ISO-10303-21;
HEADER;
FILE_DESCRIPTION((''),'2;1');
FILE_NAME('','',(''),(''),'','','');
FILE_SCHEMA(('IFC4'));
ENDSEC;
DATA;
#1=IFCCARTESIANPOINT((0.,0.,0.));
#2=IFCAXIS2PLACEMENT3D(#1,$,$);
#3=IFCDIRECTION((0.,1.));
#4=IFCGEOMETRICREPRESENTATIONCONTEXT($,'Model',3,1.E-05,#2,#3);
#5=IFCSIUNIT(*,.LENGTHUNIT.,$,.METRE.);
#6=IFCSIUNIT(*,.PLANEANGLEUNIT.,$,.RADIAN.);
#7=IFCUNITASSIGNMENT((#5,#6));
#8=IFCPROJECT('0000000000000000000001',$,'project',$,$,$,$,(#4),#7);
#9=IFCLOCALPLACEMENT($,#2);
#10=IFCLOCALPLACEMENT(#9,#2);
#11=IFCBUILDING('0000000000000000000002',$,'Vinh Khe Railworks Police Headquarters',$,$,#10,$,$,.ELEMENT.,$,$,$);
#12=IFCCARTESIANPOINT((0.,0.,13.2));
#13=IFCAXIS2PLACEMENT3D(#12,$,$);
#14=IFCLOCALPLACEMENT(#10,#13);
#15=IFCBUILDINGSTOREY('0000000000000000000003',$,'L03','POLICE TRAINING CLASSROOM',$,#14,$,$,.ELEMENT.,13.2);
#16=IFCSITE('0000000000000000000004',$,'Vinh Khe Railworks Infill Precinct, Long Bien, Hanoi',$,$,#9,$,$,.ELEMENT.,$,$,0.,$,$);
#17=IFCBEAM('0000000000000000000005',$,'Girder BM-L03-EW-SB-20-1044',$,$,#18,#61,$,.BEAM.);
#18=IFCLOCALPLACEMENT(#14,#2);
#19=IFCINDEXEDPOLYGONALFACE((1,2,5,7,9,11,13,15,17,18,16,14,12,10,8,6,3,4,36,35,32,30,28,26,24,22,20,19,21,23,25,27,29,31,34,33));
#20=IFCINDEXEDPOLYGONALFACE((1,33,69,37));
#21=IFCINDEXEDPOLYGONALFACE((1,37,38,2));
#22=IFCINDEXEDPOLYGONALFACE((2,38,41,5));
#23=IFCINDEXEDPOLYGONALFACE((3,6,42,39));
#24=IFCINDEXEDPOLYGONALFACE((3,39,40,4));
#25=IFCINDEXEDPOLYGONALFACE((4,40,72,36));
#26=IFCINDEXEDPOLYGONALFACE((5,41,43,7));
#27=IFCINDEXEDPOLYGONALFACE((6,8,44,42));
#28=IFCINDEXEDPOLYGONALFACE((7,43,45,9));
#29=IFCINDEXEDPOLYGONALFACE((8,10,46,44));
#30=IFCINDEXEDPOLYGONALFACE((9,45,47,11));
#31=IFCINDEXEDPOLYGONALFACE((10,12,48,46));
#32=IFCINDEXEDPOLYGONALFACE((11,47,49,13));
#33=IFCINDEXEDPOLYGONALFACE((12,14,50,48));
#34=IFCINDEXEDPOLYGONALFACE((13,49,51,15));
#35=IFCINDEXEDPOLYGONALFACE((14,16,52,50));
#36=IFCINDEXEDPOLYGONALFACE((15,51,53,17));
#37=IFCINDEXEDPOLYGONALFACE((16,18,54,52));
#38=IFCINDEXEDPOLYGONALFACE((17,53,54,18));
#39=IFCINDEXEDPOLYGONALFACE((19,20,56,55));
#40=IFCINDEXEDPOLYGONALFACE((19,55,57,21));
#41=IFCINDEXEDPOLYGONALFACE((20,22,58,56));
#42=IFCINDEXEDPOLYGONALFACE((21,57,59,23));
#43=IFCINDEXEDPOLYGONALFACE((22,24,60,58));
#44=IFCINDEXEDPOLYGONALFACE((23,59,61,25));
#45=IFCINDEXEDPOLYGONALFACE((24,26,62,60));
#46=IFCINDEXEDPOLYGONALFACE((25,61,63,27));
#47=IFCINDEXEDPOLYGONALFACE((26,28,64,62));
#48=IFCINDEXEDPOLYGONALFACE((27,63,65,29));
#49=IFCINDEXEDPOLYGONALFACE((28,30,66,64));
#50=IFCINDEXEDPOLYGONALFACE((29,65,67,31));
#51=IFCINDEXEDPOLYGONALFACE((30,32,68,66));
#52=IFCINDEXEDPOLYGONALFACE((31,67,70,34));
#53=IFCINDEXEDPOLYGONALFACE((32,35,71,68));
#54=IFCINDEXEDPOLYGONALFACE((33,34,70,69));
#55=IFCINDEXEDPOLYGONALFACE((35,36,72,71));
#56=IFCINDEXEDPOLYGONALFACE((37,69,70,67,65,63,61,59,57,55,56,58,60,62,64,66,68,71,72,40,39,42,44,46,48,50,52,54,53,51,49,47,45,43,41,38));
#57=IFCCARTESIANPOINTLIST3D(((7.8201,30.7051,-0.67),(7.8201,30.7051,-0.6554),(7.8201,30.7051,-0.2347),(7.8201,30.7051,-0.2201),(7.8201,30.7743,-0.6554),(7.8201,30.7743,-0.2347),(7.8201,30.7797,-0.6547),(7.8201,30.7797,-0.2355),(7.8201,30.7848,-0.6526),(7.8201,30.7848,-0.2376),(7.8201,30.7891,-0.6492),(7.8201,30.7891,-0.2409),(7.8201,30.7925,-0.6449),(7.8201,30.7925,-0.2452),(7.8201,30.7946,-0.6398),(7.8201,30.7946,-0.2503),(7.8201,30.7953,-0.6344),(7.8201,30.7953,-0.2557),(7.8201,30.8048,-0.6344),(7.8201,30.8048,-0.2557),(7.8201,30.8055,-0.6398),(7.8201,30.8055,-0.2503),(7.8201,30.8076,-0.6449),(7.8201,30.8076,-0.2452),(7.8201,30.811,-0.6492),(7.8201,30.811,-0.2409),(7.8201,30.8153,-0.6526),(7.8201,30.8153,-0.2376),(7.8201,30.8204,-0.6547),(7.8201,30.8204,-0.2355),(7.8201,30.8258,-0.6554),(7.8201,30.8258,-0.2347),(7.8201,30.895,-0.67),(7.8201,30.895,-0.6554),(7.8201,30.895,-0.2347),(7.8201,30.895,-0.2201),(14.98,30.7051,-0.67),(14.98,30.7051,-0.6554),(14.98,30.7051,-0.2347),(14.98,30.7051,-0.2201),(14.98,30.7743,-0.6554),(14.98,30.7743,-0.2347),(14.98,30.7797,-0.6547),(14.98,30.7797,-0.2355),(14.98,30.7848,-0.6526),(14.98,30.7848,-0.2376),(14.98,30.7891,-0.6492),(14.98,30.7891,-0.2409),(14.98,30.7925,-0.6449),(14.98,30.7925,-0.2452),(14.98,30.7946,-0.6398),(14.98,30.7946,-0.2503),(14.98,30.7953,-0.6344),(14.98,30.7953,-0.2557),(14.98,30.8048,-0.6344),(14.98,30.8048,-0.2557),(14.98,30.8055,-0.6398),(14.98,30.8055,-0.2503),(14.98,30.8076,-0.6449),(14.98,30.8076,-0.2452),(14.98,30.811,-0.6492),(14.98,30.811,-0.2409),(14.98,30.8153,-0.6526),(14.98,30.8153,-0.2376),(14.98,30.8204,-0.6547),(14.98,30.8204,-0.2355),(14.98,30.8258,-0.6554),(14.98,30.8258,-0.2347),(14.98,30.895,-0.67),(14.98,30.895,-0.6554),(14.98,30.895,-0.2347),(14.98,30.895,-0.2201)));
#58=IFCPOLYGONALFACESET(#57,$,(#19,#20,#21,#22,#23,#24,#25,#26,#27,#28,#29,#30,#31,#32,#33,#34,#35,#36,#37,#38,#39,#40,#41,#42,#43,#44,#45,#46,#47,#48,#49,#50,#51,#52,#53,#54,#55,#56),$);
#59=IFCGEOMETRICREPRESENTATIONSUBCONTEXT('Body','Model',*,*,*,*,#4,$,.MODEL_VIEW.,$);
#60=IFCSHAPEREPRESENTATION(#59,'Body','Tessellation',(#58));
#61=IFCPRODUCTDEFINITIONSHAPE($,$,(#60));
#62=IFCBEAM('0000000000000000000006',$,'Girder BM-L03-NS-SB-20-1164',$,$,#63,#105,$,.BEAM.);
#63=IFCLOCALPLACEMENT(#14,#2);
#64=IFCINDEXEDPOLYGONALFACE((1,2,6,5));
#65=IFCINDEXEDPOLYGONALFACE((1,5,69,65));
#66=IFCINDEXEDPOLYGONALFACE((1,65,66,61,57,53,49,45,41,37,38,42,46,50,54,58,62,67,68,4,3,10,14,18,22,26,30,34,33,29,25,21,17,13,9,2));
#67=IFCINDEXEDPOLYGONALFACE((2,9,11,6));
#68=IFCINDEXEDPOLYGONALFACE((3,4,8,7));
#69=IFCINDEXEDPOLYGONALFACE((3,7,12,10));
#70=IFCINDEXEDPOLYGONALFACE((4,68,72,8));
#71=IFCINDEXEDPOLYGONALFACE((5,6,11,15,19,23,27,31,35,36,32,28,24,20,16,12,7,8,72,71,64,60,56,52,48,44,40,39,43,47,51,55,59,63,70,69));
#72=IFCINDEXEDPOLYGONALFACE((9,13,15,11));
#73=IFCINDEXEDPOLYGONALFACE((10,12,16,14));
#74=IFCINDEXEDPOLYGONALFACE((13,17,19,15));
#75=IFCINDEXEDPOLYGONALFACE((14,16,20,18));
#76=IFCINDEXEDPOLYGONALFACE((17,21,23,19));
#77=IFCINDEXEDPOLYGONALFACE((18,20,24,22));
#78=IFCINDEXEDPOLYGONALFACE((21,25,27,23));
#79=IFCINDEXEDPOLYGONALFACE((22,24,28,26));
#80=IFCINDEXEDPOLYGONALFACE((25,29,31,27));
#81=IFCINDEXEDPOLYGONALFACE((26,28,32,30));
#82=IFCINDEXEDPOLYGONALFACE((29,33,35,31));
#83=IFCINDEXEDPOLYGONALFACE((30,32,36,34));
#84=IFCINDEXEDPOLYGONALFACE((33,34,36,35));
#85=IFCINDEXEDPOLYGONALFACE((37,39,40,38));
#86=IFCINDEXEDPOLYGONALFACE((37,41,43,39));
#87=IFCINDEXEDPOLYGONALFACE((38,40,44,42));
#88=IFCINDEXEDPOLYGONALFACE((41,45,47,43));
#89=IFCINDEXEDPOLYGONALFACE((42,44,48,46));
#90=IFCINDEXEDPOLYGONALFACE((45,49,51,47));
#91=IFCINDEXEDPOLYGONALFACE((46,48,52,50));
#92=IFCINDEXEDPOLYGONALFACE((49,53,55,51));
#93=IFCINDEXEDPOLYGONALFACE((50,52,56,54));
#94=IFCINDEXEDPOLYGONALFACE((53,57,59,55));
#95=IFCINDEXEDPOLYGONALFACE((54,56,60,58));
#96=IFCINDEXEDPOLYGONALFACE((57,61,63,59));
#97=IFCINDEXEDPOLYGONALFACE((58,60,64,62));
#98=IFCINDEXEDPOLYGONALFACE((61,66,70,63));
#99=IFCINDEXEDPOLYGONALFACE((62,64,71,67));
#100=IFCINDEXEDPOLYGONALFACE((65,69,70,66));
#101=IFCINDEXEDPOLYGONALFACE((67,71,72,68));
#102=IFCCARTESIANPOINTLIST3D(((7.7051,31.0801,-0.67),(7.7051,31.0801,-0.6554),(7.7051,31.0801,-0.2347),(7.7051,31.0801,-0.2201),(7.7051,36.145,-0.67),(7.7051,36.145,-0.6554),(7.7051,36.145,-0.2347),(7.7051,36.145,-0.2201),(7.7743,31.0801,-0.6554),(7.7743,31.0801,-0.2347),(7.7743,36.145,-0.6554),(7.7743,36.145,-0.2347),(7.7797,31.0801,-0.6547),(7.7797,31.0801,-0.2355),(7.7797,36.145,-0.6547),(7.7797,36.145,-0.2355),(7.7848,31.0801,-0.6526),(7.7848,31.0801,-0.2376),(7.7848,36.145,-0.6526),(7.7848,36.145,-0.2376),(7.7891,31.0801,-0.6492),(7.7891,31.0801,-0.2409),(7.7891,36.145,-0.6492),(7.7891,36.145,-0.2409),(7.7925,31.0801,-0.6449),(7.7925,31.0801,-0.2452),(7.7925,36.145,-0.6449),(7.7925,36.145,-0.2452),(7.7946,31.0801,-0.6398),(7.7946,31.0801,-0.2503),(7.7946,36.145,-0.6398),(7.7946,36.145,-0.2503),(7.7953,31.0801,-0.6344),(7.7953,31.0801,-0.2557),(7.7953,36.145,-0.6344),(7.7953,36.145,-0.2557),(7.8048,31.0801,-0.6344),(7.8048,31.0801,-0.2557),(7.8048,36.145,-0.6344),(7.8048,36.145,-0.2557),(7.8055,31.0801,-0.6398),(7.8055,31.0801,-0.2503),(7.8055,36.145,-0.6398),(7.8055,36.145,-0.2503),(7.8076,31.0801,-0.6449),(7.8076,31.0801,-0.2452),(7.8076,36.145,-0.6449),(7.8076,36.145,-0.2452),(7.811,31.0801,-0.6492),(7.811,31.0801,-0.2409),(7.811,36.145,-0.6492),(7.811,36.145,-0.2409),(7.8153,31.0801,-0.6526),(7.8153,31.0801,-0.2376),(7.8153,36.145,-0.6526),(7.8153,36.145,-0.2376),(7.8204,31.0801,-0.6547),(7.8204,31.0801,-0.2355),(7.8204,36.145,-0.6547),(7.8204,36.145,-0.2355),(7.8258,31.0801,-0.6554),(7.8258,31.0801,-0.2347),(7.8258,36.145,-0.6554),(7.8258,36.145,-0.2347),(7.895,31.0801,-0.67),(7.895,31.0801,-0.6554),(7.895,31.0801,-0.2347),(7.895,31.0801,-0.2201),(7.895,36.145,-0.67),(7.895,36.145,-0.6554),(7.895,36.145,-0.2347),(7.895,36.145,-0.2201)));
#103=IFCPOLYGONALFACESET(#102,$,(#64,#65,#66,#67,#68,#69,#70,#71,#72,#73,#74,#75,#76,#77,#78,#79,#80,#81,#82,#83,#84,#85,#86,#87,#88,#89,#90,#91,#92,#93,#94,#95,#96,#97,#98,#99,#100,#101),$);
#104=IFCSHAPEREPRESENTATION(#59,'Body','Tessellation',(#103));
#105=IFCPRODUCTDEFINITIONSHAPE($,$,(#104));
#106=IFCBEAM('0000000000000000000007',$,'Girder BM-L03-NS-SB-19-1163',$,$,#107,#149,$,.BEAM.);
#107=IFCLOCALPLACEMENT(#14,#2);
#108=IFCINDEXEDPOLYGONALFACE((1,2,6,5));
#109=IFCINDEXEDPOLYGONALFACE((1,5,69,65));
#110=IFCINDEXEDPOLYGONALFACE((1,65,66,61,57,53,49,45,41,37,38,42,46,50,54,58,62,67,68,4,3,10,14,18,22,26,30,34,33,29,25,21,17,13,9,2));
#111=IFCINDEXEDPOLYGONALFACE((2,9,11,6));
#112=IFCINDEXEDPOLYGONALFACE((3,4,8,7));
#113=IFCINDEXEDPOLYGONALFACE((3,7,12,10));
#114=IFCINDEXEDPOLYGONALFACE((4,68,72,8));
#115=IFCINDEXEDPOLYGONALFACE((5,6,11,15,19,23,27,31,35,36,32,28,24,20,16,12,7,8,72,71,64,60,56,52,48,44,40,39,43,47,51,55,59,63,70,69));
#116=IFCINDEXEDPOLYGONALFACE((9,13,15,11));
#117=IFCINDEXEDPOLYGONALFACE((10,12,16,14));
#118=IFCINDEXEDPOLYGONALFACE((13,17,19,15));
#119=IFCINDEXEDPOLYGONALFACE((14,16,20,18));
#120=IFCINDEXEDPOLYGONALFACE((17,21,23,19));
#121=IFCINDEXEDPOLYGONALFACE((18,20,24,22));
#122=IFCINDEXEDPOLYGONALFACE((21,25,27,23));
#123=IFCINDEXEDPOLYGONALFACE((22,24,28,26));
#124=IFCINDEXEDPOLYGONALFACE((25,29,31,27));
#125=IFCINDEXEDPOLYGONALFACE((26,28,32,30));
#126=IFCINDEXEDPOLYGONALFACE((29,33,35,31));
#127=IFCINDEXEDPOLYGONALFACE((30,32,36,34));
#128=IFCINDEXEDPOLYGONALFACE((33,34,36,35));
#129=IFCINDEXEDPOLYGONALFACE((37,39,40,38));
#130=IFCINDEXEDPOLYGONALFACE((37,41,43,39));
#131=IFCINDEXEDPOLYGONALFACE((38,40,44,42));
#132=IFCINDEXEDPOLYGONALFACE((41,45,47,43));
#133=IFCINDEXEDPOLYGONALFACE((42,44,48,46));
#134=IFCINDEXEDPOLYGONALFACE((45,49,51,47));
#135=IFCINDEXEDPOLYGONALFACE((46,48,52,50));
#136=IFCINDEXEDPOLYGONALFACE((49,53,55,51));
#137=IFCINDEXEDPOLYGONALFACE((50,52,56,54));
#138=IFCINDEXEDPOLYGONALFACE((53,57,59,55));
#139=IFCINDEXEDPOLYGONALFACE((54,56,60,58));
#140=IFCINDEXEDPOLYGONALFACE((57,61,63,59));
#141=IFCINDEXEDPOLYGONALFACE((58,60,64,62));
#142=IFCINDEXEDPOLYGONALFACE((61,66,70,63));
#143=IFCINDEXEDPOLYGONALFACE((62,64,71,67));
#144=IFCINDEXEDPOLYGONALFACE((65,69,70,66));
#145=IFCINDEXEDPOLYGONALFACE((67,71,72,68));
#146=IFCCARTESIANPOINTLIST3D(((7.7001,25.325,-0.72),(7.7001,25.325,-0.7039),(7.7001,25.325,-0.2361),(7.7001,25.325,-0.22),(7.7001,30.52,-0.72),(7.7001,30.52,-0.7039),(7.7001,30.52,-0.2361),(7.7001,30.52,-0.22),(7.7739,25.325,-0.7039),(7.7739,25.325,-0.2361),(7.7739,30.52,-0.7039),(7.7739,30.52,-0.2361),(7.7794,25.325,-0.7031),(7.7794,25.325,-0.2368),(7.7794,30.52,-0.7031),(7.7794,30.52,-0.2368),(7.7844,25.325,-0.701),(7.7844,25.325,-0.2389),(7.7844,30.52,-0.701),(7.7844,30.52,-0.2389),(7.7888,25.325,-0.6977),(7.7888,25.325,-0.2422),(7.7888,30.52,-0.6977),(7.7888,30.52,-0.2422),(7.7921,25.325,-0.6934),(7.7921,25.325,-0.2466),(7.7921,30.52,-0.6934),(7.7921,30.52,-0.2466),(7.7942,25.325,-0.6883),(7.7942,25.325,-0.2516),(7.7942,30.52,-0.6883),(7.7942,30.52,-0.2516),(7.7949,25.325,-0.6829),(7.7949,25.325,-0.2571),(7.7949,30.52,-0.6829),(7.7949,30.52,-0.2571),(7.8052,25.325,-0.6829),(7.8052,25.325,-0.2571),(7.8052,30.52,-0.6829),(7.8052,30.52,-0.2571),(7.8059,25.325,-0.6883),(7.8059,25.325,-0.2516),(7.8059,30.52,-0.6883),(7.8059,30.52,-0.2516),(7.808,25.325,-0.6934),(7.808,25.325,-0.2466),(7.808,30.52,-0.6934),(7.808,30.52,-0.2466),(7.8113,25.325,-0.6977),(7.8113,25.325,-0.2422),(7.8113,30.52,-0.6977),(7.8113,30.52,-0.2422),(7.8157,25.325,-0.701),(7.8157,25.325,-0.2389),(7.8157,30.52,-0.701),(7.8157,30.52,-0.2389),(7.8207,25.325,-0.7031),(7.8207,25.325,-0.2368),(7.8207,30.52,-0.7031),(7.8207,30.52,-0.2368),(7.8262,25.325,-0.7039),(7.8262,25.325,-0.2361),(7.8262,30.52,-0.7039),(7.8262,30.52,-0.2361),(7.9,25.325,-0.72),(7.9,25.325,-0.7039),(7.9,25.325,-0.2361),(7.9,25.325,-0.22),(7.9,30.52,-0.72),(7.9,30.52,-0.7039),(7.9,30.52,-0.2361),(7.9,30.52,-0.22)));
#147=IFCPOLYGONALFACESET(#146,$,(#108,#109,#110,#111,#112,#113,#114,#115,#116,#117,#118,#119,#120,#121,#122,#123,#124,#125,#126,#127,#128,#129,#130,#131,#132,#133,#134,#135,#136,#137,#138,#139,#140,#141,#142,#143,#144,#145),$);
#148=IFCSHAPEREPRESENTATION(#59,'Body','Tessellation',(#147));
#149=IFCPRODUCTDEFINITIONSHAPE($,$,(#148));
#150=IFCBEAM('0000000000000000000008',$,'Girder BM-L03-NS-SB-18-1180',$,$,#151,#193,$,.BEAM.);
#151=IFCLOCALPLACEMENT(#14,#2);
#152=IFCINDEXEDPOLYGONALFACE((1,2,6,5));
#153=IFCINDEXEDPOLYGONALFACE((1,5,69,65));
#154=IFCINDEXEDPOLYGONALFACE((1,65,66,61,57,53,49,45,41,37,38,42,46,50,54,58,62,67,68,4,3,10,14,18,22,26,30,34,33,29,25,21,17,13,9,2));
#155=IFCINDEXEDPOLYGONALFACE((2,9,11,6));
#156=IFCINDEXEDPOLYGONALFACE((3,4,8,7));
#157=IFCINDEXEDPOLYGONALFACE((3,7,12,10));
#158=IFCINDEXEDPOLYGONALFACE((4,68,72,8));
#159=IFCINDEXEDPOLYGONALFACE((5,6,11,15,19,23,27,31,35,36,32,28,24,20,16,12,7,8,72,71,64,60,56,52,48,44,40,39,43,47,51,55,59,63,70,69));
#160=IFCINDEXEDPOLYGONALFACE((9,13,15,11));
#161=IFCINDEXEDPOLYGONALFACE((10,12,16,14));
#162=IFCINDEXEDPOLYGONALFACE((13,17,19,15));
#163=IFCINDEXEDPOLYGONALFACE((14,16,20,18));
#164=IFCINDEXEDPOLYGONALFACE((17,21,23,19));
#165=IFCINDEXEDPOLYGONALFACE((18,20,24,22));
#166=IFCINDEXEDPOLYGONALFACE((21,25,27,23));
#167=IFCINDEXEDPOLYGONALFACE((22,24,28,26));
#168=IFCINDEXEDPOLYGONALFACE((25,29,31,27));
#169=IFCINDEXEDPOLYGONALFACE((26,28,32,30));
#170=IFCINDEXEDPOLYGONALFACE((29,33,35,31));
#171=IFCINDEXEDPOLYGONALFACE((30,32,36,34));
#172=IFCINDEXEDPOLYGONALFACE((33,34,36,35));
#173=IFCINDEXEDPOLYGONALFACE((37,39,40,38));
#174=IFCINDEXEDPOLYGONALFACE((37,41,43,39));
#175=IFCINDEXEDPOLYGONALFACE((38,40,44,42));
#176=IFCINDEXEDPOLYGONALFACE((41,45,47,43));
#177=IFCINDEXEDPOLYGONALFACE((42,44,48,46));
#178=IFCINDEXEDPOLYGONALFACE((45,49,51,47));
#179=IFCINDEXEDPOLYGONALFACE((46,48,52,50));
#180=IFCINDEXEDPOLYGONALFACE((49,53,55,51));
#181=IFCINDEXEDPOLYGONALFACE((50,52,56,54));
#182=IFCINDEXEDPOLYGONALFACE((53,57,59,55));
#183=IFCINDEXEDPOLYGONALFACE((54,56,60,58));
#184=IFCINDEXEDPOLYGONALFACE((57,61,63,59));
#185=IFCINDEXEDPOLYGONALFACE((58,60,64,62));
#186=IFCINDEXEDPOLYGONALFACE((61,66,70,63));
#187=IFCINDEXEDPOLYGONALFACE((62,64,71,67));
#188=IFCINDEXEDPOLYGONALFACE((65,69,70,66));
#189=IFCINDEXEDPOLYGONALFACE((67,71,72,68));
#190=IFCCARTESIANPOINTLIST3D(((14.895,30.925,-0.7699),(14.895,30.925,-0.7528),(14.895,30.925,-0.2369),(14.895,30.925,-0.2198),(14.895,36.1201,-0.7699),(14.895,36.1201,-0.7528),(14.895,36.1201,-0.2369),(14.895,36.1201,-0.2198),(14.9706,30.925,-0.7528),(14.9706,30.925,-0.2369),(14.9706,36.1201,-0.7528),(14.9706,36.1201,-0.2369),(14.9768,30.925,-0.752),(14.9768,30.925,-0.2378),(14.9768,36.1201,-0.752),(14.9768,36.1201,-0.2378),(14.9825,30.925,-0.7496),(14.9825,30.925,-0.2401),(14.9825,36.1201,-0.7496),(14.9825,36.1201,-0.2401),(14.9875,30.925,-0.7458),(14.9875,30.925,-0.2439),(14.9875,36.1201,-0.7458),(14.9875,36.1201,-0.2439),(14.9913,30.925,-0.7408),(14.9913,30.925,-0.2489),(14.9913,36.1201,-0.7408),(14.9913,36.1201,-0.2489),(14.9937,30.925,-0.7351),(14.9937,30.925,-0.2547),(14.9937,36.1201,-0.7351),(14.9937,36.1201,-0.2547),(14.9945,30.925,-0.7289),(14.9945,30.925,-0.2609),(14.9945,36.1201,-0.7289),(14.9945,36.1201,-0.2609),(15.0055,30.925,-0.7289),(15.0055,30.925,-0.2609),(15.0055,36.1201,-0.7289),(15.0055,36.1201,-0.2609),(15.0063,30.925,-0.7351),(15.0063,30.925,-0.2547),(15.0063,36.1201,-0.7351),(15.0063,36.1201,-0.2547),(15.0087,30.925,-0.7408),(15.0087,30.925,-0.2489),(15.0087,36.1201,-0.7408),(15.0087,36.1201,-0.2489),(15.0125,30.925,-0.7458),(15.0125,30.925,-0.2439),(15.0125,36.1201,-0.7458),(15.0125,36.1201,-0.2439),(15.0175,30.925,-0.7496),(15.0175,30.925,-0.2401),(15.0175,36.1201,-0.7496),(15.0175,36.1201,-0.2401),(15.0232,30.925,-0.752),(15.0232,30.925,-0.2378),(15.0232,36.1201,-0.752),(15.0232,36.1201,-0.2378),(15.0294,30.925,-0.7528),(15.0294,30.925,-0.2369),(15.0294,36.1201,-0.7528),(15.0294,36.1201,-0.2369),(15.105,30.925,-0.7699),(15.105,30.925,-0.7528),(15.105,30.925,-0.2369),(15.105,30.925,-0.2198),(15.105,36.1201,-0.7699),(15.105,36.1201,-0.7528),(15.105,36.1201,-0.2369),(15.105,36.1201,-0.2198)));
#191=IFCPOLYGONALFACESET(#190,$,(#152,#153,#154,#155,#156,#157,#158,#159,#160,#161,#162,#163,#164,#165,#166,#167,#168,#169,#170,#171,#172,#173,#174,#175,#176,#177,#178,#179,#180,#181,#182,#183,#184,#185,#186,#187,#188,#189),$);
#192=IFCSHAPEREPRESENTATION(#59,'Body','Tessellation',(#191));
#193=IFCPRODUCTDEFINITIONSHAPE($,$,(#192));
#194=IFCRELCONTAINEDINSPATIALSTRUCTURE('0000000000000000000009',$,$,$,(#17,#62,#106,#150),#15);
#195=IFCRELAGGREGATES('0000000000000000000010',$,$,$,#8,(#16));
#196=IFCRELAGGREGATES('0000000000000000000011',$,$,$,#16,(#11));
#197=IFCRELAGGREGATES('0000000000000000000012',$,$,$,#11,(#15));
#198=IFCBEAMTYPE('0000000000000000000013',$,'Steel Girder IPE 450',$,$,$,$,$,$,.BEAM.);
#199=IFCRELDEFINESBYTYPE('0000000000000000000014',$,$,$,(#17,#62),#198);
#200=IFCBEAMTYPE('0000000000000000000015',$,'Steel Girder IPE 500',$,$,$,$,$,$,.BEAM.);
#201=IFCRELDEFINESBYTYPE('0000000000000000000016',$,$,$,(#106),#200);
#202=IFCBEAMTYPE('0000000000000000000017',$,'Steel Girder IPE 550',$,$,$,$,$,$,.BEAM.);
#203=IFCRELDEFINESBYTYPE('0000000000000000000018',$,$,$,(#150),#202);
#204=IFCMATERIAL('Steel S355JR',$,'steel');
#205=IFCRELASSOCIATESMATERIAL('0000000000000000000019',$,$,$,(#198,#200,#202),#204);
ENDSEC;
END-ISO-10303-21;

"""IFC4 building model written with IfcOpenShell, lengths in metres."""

from ifc_helpers import new_model, si_unit, direction, frame, origin, origin_2d, place, context, subcontext, project, spatial, i_section, extrude, material, material_profile, profile_set, type_object, element, save


model = new_model("IFC4")

# Units and contexts
model_context = context("Model", 3, precision=1e-05, world=origin(), true_north=direction((0.0, 1.0)))
body_context = subcontext(model_context, "Body", "Model", "MODEL_VIEW")
ifc_project = project(units=[si_unit("LENGTHUNIT", "METRE"), si_unit("PLANEANGLEUNIT", "RADIAN")], contexts=[model_context])

# Site, building, storey
site_placement = place(None, origin())
site = spatial("IfcSite", under=ifc_project, at=site_placement, Name="Vinh Khe Railworks Infill Precinct, Long Bien, Hanoi", CompositionType="ELEMENT", RefElevation=0.0)
building_placement = place(site_placement, origin())
building = spatial("IfcBuilding", under=site, at=building_placement, Name="Vinh Khe Railworks Police Headquarters", CompositionType="ELEMENT")
storey_placement = place(building_placement, frame((0.0, 0.0, 13.2)))
storey = spatial("IfcBuildingStorey", under=building, at=storey_placement, Name="L03", Description="POLICE TRAINING CLASSROOM", CompositionType="ELEMENT", Elevation=13.2)

# Shared definitions
ifc_material_1 = material(Name="Steel S355JR", Category="steel")

# Beams
ifc_material_profile_1 = material_profile(ifc_material_1, i_section(OverallWidth=0.1899, OverallDepth=0.45, WebThickness=0.0095, FlangeThickness=0.0146, FilletRadius=0.021, at=origin_2d()), Name="IPE 450")
ifc_profile_set_1 = profile_set([ifc_material_profile_1], Name="Steel S355JR")
beam_type_1 = type_object("IfcBeamType", Name="Steel Girder IPE 450", PredefinedType="BEAM", material=ifc_profile_set_1)
beam_1_placement = place(storey_placement, frame((7.8201, 30.8, -0.4451), z_axis=(1.0, 0.0, 0.0), x_axis=(0.0, 1.0, 0.0)))
element("IfcBeam", 1, at=beam_1_placement, inside=storey, type_object=beam_type_1, Name="Girder BM-L03-EW-SB-20-1044", PredefinedType="BEAM", context=body_context, shape_type="SweptSolid", body=[
    extrude(i_section(OverallWidth=0.1899, OverallDepth=0.45, WebThickness=0.0095, FlangeThickness=0.0146, FilletRadius=0.021, at=origin_2d()), origin(), (0.0, 0.0, 1.0), 7.1599),
])
beam_2_placement = place(storey_placement, frame((7.8, 31.0801, -0.4451), z_axis=(0.0, 1.0, 0.0), x_axis=(-1.0, 0.0, 0.0)))
element("IfcBeam", 2, at=beam_2_placement, inside=storey, type_object=beam_type_1, Name="Girder BM-L03-NS-SB-20-1164", PredefinedType="BEAM", context=body_context, shape_type="SweptSolid", body=[
    extrude(i_section(OverallWidth=0.1899, OverallDepth=0.45, WebThickness=0.0095, FlangeThickness=0.0146, FilletRadius=0.021, at=origin_2d()), origin(), (0.0, 0.0, 1.0), 5.0649),
])
ifc_material_profile_2 = material_profile(ifc_material_1, i_section(OverallWidth=0.2, OverallDepth=0.5, WebThickness=0.0103, FlangeThickness=0.0161, FilletRadius=0.021, at=origin_2d()), Name="IPE 500")
ifc_profile_set_2 = profile_set([ifc_material_profile_2], Name="Steel S355JR")
beam_type_2 = type_object("IfcBeamType", Name="Steel Girder IPE 500", PredefinedType="BEAM", material=ifc_profile_set_2)
beam_3_placement = place(storey_placement, frame((7.8, 25.325, -0.47), z_axis=(0.0, 1.0, 0.0), x_axis=(-1.0, 0.0, 0.0)))
element("IfcBeam", 3, at=beam_3_placement, inside=storey, type_object=beam_type_2, Name="Girder BM-L03-NS-SB-19-1163", PredefinedType="BEAM", context=body_context, shape_type="SweptSolid", body=[
    extrude(i_section(OverallWidth=0.2, OverallDepth=0.5, WebThickness=0.0103, FlangeThickness=0.0161, FilletRadius=0.021, at=origin_2d()), origin(), (0.0, 0.0, 1.0), 5.1951),
])
ifc_material_profile_3 = material_profile(ifc_material_1, i_section(OverallWidth=0.21, OverallDepth=0.55, WebThickness=0.011, FlangeThickness=0.0171, FilletRadius=0.0239, at=origin_2d()), Name="IPE 550")
ifc_profile_set_3 = profile_set([ifc_material_profile_3], Name="Steel S355JR")
beam_type_3 = type_object("IfcBeamType", Name="Steel Girder IPE 550", PredefinedType="BEAM", material=ifc_profile_set_3)
beam_4_placement = place(storey_placement, frame((15.0, 30.925, -0.4949), z_axis=(0.0, 1.0, 0.0), x_axis=(-1.0, 0.0, 0.0)))
element("IfcBeam", 4, at=beam_4_placement, inside=storey, type_object=beam_type_3, Name="Girder BM-L03-NS-SB-18-1180", PredefinedType="BEAM", context=body_context, shape_type="SweptSolid", body=[
    extrude(i_section(OverallWidth=0.21, OverallDepth=0.55, WebThickness=0.011, FlangeThickness=0.0171, FilletRadius=0.0239, at=origin_2d()), origin(), (0.0, 0.0, 1.0), 5.1951),
])

save(model, "model.ifc")
